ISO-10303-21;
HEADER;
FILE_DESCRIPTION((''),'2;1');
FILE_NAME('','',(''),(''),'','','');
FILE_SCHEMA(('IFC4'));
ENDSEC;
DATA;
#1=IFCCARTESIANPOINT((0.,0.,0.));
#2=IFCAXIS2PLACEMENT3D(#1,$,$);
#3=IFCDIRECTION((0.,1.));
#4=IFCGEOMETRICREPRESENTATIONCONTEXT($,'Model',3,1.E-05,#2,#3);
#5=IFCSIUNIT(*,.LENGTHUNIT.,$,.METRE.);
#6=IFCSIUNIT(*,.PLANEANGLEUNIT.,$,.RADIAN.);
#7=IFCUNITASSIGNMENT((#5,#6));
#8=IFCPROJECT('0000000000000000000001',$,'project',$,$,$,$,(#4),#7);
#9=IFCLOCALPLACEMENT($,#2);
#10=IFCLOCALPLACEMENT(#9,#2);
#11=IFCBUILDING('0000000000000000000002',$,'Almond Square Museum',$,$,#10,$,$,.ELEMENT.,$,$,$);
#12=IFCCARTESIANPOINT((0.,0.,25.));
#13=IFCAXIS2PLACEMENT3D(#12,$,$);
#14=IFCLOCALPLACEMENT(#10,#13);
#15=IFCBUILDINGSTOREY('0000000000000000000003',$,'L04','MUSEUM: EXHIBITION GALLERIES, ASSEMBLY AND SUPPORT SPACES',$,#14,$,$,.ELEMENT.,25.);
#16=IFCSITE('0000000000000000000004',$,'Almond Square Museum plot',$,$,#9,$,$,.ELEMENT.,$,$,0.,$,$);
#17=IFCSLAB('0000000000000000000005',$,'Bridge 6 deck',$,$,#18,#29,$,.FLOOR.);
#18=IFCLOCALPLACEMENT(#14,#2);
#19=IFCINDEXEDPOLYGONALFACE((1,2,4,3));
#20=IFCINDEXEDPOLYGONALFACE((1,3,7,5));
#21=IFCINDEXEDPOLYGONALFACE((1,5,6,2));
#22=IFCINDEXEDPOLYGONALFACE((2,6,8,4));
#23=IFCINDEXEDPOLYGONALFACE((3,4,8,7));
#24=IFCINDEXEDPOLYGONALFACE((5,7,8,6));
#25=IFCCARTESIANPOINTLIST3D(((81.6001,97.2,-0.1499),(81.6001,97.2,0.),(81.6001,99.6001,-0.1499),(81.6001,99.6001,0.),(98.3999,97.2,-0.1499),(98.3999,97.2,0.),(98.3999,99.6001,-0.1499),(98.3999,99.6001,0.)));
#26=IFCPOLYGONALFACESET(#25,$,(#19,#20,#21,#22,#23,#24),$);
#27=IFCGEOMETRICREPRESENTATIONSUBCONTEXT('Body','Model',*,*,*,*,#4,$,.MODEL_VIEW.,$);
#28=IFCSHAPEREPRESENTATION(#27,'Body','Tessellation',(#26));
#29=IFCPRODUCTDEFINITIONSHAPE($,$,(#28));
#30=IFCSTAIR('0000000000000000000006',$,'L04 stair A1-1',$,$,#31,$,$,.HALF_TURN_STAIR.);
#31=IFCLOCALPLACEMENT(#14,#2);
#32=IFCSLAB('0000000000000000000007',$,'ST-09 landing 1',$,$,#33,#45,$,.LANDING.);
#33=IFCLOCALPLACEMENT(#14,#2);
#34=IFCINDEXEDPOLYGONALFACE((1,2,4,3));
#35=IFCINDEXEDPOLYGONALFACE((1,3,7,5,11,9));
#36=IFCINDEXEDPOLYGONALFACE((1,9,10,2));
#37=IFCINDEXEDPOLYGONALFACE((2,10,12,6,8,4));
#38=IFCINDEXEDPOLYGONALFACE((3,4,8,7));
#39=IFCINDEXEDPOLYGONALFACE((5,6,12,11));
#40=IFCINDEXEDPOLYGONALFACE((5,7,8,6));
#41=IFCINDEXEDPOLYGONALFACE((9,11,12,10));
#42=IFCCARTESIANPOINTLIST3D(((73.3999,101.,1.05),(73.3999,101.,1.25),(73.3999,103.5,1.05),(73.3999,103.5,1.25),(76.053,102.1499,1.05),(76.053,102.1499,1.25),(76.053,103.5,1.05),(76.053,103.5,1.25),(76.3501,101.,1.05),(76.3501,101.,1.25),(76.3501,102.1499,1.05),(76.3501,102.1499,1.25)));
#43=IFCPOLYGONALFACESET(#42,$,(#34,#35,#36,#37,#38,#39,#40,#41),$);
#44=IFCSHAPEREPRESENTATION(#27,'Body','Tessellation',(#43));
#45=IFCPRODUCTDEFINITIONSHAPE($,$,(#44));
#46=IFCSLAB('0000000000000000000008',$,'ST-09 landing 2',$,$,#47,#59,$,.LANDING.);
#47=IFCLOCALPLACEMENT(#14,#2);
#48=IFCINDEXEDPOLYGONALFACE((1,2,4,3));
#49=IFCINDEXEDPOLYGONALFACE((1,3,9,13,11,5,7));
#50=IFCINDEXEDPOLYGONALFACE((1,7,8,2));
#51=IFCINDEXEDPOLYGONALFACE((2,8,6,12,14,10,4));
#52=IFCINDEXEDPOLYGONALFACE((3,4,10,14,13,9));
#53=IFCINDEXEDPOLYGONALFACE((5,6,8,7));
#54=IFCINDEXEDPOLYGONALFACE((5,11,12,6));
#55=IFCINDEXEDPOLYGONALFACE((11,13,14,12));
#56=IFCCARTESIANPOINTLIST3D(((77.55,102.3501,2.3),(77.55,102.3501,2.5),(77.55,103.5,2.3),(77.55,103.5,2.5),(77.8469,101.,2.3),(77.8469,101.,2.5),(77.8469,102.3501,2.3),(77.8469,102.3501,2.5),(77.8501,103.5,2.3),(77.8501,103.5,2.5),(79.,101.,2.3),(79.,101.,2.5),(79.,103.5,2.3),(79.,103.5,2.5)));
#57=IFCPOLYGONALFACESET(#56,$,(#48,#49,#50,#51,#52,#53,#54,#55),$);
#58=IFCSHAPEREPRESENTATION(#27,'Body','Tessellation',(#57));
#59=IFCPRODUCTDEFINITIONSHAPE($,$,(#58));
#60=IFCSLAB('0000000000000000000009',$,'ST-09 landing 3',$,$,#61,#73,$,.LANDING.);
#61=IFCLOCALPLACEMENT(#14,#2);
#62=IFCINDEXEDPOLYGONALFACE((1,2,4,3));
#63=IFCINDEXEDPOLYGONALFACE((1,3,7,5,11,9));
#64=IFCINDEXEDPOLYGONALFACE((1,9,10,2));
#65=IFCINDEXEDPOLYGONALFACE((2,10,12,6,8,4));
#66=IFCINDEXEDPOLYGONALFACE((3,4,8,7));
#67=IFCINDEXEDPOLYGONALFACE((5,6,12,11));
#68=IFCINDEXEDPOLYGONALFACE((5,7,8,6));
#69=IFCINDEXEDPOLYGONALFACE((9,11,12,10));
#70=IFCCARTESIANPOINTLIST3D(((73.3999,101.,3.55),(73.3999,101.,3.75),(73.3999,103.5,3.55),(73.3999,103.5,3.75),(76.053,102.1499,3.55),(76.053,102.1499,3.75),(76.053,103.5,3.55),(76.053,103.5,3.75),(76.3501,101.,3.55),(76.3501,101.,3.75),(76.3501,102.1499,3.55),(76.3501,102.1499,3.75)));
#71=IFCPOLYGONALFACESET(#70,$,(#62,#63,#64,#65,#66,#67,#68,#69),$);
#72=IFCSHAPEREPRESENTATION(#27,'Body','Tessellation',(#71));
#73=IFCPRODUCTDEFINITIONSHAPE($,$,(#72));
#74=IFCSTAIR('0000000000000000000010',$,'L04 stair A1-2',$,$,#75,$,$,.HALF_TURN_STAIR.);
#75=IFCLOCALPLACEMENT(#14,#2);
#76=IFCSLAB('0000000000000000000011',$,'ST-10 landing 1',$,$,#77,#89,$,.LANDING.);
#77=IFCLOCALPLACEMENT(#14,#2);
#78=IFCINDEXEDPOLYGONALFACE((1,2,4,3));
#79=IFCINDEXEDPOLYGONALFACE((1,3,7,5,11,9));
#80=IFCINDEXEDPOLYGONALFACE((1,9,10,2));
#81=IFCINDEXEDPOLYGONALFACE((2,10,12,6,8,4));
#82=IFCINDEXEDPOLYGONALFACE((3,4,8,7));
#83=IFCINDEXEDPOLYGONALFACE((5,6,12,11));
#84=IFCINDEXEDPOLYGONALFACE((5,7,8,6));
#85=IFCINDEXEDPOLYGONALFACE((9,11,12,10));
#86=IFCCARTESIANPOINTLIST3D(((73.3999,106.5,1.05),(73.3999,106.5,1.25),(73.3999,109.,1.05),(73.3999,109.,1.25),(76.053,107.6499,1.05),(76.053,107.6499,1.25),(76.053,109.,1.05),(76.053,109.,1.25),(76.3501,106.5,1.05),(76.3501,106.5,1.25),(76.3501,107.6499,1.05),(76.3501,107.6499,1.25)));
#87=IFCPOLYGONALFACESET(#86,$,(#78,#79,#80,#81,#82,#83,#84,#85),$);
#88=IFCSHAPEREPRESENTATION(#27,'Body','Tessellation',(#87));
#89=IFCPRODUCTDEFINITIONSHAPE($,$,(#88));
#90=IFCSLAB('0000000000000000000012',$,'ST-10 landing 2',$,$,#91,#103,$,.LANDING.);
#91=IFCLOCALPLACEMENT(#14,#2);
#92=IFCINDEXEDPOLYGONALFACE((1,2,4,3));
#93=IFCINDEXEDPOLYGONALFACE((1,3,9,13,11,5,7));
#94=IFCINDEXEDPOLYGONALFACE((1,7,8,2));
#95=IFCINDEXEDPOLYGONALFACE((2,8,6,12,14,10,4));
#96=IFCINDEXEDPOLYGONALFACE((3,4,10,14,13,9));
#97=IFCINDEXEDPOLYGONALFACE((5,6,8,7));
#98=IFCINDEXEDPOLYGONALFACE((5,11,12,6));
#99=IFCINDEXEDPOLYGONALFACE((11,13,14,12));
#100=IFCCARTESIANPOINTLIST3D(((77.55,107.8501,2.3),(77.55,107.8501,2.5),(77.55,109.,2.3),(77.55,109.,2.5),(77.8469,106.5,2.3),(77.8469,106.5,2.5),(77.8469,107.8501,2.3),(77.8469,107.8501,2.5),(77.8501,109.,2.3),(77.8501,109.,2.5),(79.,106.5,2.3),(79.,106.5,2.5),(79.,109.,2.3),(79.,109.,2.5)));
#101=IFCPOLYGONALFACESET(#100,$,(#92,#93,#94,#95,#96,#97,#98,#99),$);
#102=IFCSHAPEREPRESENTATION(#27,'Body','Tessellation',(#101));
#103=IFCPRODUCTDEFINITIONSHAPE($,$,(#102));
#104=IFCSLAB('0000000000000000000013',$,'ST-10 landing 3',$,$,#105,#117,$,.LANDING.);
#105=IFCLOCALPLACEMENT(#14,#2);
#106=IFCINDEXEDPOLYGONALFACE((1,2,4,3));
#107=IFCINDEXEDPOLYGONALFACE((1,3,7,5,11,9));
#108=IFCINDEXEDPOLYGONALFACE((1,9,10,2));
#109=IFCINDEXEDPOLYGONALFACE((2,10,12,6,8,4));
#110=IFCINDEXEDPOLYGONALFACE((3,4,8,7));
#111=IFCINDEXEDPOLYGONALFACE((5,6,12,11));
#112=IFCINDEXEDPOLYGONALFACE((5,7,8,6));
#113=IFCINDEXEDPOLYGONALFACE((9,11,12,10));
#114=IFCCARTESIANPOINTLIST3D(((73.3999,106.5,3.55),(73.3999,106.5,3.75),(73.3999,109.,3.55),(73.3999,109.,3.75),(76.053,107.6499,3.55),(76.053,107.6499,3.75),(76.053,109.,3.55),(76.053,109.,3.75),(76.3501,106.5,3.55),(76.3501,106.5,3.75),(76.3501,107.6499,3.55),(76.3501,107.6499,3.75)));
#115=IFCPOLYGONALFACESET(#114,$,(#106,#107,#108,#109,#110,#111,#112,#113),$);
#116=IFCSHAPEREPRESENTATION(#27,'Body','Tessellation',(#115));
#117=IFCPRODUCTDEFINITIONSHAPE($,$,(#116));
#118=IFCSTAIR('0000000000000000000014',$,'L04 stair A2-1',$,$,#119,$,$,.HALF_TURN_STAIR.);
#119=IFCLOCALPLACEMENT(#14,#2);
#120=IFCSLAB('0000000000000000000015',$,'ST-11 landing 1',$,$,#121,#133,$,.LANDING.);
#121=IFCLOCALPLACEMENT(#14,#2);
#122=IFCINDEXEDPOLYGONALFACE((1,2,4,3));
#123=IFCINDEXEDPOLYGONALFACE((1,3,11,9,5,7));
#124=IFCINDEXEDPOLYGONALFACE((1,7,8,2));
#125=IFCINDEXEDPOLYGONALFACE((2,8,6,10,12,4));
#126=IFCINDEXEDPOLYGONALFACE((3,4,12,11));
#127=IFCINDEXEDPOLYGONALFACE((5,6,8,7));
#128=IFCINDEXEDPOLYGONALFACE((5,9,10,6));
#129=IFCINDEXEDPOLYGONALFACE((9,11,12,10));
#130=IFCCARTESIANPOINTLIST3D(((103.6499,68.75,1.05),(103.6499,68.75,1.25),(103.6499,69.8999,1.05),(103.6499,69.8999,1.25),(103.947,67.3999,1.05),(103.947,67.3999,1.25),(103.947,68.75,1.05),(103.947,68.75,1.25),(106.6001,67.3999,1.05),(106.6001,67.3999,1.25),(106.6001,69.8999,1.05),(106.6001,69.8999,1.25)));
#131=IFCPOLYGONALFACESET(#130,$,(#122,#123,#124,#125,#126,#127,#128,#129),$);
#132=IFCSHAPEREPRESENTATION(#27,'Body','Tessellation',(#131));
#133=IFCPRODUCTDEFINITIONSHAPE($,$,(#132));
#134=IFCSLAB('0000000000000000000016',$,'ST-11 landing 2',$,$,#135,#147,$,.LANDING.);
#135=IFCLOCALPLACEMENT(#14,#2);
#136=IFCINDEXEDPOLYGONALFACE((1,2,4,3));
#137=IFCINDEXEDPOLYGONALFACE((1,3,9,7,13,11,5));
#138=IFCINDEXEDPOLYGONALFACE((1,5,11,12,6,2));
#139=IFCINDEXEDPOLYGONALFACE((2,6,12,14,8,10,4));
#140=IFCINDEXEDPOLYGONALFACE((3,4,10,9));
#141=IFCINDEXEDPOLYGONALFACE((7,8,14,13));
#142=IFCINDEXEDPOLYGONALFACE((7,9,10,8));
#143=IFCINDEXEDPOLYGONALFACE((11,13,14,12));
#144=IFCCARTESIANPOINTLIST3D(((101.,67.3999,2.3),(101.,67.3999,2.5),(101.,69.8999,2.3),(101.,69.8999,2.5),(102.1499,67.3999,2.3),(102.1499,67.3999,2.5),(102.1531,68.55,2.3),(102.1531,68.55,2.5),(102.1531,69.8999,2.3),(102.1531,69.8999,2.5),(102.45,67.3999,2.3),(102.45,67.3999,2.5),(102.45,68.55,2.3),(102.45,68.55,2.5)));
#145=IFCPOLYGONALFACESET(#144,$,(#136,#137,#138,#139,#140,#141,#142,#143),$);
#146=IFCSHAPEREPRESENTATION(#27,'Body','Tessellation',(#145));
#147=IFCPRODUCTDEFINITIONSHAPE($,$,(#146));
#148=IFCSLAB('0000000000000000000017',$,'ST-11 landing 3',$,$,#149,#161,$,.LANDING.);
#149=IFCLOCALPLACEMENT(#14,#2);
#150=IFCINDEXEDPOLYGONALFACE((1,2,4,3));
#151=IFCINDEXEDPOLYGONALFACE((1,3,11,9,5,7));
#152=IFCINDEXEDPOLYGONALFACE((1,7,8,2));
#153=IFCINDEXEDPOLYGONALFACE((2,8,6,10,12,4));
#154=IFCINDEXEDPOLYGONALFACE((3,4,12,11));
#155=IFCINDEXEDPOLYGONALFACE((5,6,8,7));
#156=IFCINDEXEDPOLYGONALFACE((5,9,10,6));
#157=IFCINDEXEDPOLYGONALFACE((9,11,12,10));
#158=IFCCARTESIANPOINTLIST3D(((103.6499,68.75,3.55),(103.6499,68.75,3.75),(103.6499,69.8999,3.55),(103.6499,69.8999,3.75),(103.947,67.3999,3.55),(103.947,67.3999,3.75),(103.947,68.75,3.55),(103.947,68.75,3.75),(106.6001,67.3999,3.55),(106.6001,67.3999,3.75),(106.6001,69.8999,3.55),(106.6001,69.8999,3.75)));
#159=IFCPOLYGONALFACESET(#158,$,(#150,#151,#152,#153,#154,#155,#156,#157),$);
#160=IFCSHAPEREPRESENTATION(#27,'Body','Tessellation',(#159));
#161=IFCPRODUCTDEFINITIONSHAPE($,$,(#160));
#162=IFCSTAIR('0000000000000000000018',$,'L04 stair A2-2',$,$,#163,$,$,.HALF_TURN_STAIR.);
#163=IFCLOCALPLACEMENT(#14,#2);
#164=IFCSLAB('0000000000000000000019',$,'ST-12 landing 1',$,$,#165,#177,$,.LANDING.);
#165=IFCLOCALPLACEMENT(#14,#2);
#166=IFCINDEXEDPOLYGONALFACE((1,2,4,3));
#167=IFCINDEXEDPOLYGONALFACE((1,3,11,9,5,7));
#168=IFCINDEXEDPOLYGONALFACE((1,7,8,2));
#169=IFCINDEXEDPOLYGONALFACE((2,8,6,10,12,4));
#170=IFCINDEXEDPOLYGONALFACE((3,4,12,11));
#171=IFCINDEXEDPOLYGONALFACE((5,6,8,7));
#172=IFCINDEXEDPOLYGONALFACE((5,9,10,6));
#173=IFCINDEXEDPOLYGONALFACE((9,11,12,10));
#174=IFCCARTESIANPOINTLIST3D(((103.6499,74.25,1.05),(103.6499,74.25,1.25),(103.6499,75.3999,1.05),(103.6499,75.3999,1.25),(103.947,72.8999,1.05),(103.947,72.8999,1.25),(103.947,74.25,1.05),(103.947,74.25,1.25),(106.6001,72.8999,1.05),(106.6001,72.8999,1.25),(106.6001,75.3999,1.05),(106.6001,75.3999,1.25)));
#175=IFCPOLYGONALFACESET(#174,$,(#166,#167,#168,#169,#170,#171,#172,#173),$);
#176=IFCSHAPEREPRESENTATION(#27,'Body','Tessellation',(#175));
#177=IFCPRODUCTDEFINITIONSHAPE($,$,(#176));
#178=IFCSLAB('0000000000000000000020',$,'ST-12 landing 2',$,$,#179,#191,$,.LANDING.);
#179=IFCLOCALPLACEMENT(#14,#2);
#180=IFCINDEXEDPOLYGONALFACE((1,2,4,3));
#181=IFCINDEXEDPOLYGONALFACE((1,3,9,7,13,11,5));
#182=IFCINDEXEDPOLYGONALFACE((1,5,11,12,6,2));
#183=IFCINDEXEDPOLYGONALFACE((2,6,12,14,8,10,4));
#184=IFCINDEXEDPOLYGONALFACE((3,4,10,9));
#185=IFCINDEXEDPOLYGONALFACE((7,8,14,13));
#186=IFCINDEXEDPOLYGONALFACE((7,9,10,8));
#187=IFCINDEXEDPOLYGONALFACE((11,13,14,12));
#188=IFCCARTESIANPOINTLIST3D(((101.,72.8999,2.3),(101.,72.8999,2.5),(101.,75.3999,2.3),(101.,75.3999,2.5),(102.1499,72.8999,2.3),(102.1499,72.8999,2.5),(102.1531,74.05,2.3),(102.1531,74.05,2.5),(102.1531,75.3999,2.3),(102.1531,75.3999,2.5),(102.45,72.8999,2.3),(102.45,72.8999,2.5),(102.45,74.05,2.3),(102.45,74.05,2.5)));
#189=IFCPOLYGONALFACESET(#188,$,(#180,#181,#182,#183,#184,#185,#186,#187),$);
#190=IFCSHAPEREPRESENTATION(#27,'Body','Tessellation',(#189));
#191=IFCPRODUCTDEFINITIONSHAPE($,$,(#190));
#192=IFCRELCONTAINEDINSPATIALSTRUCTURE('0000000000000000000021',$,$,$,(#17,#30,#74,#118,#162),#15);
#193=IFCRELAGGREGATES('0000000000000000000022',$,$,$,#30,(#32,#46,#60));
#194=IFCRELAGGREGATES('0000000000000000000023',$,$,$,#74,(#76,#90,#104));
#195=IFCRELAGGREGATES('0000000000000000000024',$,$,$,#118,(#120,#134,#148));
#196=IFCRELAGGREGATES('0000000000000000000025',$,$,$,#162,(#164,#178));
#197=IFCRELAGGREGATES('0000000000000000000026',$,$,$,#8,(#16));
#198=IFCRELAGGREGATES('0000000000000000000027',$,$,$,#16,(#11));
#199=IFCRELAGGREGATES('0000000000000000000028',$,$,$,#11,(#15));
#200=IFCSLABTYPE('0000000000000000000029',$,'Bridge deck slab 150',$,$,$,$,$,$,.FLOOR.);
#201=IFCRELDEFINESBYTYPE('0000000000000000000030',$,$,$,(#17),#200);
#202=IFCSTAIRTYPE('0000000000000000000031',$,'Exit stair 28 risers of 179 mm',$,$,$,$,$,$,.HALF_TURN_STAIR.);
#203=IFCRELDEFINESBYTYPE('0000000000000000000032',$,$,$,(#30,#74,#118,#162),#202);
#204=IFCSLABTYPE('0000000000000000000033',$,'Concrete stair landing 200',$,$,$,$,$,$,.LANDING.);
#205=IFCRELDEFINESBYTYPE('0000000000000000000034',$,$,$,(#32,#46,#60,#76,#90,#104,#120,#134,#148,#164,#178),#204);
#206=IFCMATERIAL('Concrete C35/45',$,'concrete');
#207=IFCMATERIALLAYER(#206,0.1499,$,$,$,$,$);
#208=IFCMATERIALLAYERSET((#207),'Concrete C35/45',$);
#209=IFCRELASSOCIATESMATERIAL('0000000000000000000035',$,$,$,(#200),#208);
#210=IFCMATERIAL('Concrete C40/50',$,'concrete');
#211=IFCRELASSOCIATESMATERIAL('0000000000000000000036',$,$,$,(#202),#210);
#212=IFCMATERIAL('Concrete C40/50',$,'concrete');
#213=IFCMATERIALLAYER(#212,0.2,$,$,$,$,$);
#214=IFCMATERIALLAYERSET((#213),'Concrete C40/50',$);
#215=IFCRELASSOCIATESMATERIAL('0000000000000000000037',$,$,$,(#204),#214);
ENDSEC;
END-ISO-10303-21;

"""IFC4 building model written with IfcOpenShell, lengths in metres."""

from ifc_helpers import new_model, si_unit, direction, frame, origin, place, context, subcontext, project, spatial, polyline, outline, extrude, material, layer, layer_set, type_object, element, aggregate, save


model = new_model("IFC4")

# Units and contexts
model_context = context("Model", 3, precision=1e-05, world=origin(), true_north=direction((0.0, 1.0)))
body_context = subcontext(model_context, "Body", "Model", "MODEL_VIEW")
ifc_project = project(units=[si_unit("LENGTHUNIT", "METRE"), si_unit("PLANEANGLEUNIT", "RADIAN")], contexts=[model_context])

# Site, building, storey
site_placement = place(None, origin())
site = spatial("IfcSite", under=ifc_project, at=site_placement, Name="Almond Square Museum plot", CompositionType="ELEMENT", RefElevation=0.0)
building_placement = place(site_placement, origin())
building = spatial("IfcBuilding", under=site, at=building_placement, Name="Almond Square Museum", CompositionType="ELEMENT")
storey_placement = place(building_placement, frame((0.0, 0.0, 25.0)))
storey = spatial("IfcBuildingStorey", under=building, at=storey_placement, Name="L04", Description="MUSEUM: EXHIBITION GALLERIES, ASSEMBLY AND SUPPORT SPACES", CompositionType="ELEMENT", Elevation=25.0)

# Slab
ifc_material_1 = material(Name="Concrete C35/45", Category="concrete")
ifc_layer_1 = layer(ifc_material_1, 0.1499)
ifc_layer_set_1 = layer_set([ifc_layer_1], Name="Concrete C35/45")
slab_type_1 = type_object("IfcSlabType", Name="Bridge deck slab 150", PredefinedType="FLOOR", material=ifc_layer_set_1)
slab_1_placement = place(storey_placement, frame((0.0, 0.0, -0.1499)))
element("IfcSlab", 1, at=slab_1_placement, inside=storey, type_object=slab_type_1, Name="Bridge 6 deck", PredefinedType="FLOOR", context=body_context, shape_type="SweptSolid", body=[
    extrude(outline(polyline([(81.6001, 97.2), (98.3999, 97.2), (98.3999, 99.6001), (81.6001, 99.6001), (81.6001, 97.2)])), origin(), (0.0, 0.0, 1.0), 0.1499),
])

# Stairs, slabs
ifc_material_2 = material(Name="Concrete C40/50", Category="concrete")
stair_type = type_object("IfcStairType", Name="Exit stair 28 risers of 179 mm", PredefinedType="HALF_TURN_STAIR", material=ifc_material_2)
stair_1_placement = place(storey_placement, origin())
stair_1 = element("IfcStair", 2, at=stair_1_placement, inside=storey, type_object=stair_type, Name="L04 stair A1-1", PredefinedType="HALF_TURN_STAIR")
ifc_material_3 = material(Name="Concrete C40/50", Category="concrete")
ifc_layer_2 = layer(ifc_material_3, 0.2)
ifc_layer_set_2 = layer_set([ifc_layer_2], Name="Concrete C40/50")
slab_type_2 = type_object("IfcSlabType", Name="Concrete stair landing 200", PredefinedType="LANDING", material=ifc_layer_set_2)
slab_2_placement = place(storey_placement, frame((0.0, 0.0, 1.05)))
slab_2 = element("IfcSlab", 3, at=slab_2_placement, type_object=slab_type_2, Name="ST-09 landing 1", PredefinedType="LANDING", context=body_context, shape_type="SweptSolid", body=[
    extrude(outline(polyline([(76.053, 103.5), (73.3999, 103.5), (73.3999, 101.0), (76.3501, 101.0), (76.3501, 102.1499), (76.053, 102.1499), (76.053, 103.5)])), origin(), (0.0, 0.0, 1.0), 0.2),
])
slab_3_placement = place(storey_placement, frame((0.0, 0.0, 2.3)))
slab_3 = element("IfcSlab", 4, at=slab_3_placement, type_object=slab_type_2, Name="ST-09 landing 2", PredefinedType="LANDING", context=body_context, shape_type="SweptSolid", body=[
    extrude(outline(polyline([(79.0, 103.5), (77.8501, 103.5), (77.55, 103.5), (77.55, 102.3501), (77.8469, 102.3501), (77.8469, 101.0), (79.0, 101.0), (79.0, 103.5)])), origin(), (0.0, 0.0, 1.0), 0.2),
])
slab_4_placement = place(storey_placement, frame((0.0, 0.0, 3.55)))
slab_4 = element("IfcSlab", 5, at=slab_4_placement, type_object=slab_type_2, Name="ST-09 landing 3", PredefinedType="LANDING", context=body_context, shape_type="SweptSolid", body=[
    extrude(outline(polyline([(76.053, 103.5), (73.3999, 103.5), (73.3999, 101.0), (76.3501, 101.0), (76.3501, 102.1499), (76.053, 102.1499), (76.053, 103.5)])), origin(), (0.0, 0.0, 1.0), 0.2),
])
aggregate(stair_1, [slab_2, slab_3, slab_4])
stair_2_placement = place(storey_placement, origin())
stair_2 = element("IfcStair", 6, at=stair_2_placement, inside=storey, type_object=stair_type, Name="L04 stair A1-2", PredefinedType="HALF_TURN_STAIR")
slab_5_placement = place(storey_placement, frame((0.0, 0.0, 1.05)))
slab_5 = element("IfcSlab", 7, at=slab_5_placement, type_object=slab_type_2, Name="ST-10 landing 1", PredefinedType="LANDING", context=body_context, shape_type="SweptSolid", body=[
    extrude(outline(polyline([(76.053, 109.0), (73.3999, 109.0), (73.3999, 106.5), (76.3501, 106.5), (76.3501, 107.6499), (76.053, 107.6499), (76.053, 109.0)])), origin(), (0.0, 0.0, 1.0), 0.2),
])
slab_6_placement = place(storey_placement, frame((0.0, 0.0, 2.3)))
slab_6 = element("IfcSlab", 8, at=slab_6_placement, type_object=slab_type_2, Name="ST-10 landing 2", PredefinedType="LANDING", context=body_context, shape_type="SweptSolid", body=[
    extrude(outline(polyline([(79.0, 109.0), (77.8501, 109.0), (77.55, 109.0), (77.55, 107.8501), (77.8469, 107.8501), (77.8469, 106.5), (79.0, 106.5), (79.0, 109.0)])), origin(), (0.0, 0.0, 1.0), 0.2),
])
slab_7_placement = place(storey_placement, frame((0.0, 0.0, 3.55)))
slab_7 = element("IfcSlab", 9, at=slab_7_placement, type_object=slab_type_2, Name="ST-10 landing 3", PredefinedType="LANDING", context=body_context, shape_type="SweptSolid", body=[
    extrude(outline(polyline([(76.053, 109.0), (73.3999, 109.0), (73.3999, 106.5), (76.3501, 106.5), (76.3501, 107.6499), (76.053, 107.6499), (76.053, 109.0)])), origin(), (0.0, 0.0, 1.0), 0.2),
])
aggregate(stair_2, [slab_5, slab_6, slab_7])
stair_3_placement = place(storey_placement, origin())
stair_3 = element("IfcStair", 10, at=stair_3_placement, inside=storey, type_object=stair_type, Name="L04 stair A2-1", PredefinedType="HALF_TURN_STAIR")
slab_8_placement = place(storey_placement, frame((0.0, 0.0, 1.05)))
slab_8 = element("IfcSlab", 11, at=slab_8_placement, type_object=slab_type_2, Name="ST-11 landing 1", PredefinedType="LANDING", context=body_context, shape_type="SweptSolid", body=[
    extrude(outline(polyline([(103.947, 67.3999), (106.6001, 67.3999), (106.6001, 69.8999), (103.6499, 69.8999), (103.6499, 68.75), (103.947, 68.75), (103.947, 67.3999)])), origin(), (0.0, 0.0, 1.0), 0.2),
])
slab_9_placement = place(storey_placement, frame((0.0, 0.0, 2.3)))
slab_9 = element("IfcSlab", 12, at=slab_9_placement, type_object=slab_type_2, Name="ST-11 landing 2", PredefinedType="LANDING", context=body_context, shape_type="SweptSolid", body=[
    extrude(outline(polyline([(101.0, 67.3999), (102.1499, 67.3999), (102.45, 67.3999), (102.45, 68.55), (102.1531, 68.55), (102.1531, 69.8999), (101.0, 69.8999), (101.0, 67.3999)])), origin(), (0.0, 0.0, 1.0), 0.2),
])
slab_10_placement = place(storey_placement, frame((0.0, 0.0, 3.55)))
slab_10 = element("IfcSlab", 13, at=slab_10_placement, type_object=slab_type_2, Name="ST-11 landing 3", PredefinedType="LANDING", context=body_context, shape_type="SweptSolid", body=[
    extrude(outline(polyline([(103.947, 67.3999), (106.6001, 67.3999), (106.6001, 69.8999), (103.6499, 69.8999), (103.6499, 68.75), (103.947, 68.75), (103.947, 67.3999)])), origin(), (0.0, 0.0, 1.0), 0.2),
])
aggregate(stair_3, [slab_8, slab_9, slab_10])
stair_4_placement = place(storey_placement, origin())
stair_4 = element("IfcStair", 14, at=stair_4_placement, inside=storey, type_object=stair_type, Name="L04 stair A2-2", PredefinedType="HALF_TURN_STAIR")
slab_11_placement = place(storey_placement, frame((0.0, 0.0, 1.05)))
slab_11 = element("IfcSlab", 15, at=slab_11_placement, type_object=slab_type_2, Name="ST-12 landing 1", PredefinedType="LANDING", context=body_context, shape_type="SweptSolid", body=[
    extrude(outline(polyline([(103.947, 72.8999), (106.6001, 72.8999), (106.6001, 75.3999), (103.6499, 75.3999), (103.6499, 74.25), (103.947, 74.25), (103.947, 72.8999)])), origin(), (0.0, 0.0, 1.0), 0.2),
])
slab_12_placement = place(storey_placement, frame((0.0, 0.0, 2.3)))
slab_12 = element("IfcSlab", 16, at=slab_12_placement, type_object=slab_type_2, Name="ST-12 landing 2", PredefinedType="LANDING", context=body_context, shape_type="SweptSolid", body=[
    extrude(outline(polyline([(101.0, 72.8999), (102.1499, 72.8999), (102.45, 72.8999), (102.45, 74.05), (102.1531, 74.05), (102.1531, 75.3999), (101.0, 75.3999), (101.0, 72.8999)])), origin(), (0.0, 0.0, 1.0), 0.2),
])
aggregate(stair_4, [slab_11, slab_12])

save(model, "model.ifc")
